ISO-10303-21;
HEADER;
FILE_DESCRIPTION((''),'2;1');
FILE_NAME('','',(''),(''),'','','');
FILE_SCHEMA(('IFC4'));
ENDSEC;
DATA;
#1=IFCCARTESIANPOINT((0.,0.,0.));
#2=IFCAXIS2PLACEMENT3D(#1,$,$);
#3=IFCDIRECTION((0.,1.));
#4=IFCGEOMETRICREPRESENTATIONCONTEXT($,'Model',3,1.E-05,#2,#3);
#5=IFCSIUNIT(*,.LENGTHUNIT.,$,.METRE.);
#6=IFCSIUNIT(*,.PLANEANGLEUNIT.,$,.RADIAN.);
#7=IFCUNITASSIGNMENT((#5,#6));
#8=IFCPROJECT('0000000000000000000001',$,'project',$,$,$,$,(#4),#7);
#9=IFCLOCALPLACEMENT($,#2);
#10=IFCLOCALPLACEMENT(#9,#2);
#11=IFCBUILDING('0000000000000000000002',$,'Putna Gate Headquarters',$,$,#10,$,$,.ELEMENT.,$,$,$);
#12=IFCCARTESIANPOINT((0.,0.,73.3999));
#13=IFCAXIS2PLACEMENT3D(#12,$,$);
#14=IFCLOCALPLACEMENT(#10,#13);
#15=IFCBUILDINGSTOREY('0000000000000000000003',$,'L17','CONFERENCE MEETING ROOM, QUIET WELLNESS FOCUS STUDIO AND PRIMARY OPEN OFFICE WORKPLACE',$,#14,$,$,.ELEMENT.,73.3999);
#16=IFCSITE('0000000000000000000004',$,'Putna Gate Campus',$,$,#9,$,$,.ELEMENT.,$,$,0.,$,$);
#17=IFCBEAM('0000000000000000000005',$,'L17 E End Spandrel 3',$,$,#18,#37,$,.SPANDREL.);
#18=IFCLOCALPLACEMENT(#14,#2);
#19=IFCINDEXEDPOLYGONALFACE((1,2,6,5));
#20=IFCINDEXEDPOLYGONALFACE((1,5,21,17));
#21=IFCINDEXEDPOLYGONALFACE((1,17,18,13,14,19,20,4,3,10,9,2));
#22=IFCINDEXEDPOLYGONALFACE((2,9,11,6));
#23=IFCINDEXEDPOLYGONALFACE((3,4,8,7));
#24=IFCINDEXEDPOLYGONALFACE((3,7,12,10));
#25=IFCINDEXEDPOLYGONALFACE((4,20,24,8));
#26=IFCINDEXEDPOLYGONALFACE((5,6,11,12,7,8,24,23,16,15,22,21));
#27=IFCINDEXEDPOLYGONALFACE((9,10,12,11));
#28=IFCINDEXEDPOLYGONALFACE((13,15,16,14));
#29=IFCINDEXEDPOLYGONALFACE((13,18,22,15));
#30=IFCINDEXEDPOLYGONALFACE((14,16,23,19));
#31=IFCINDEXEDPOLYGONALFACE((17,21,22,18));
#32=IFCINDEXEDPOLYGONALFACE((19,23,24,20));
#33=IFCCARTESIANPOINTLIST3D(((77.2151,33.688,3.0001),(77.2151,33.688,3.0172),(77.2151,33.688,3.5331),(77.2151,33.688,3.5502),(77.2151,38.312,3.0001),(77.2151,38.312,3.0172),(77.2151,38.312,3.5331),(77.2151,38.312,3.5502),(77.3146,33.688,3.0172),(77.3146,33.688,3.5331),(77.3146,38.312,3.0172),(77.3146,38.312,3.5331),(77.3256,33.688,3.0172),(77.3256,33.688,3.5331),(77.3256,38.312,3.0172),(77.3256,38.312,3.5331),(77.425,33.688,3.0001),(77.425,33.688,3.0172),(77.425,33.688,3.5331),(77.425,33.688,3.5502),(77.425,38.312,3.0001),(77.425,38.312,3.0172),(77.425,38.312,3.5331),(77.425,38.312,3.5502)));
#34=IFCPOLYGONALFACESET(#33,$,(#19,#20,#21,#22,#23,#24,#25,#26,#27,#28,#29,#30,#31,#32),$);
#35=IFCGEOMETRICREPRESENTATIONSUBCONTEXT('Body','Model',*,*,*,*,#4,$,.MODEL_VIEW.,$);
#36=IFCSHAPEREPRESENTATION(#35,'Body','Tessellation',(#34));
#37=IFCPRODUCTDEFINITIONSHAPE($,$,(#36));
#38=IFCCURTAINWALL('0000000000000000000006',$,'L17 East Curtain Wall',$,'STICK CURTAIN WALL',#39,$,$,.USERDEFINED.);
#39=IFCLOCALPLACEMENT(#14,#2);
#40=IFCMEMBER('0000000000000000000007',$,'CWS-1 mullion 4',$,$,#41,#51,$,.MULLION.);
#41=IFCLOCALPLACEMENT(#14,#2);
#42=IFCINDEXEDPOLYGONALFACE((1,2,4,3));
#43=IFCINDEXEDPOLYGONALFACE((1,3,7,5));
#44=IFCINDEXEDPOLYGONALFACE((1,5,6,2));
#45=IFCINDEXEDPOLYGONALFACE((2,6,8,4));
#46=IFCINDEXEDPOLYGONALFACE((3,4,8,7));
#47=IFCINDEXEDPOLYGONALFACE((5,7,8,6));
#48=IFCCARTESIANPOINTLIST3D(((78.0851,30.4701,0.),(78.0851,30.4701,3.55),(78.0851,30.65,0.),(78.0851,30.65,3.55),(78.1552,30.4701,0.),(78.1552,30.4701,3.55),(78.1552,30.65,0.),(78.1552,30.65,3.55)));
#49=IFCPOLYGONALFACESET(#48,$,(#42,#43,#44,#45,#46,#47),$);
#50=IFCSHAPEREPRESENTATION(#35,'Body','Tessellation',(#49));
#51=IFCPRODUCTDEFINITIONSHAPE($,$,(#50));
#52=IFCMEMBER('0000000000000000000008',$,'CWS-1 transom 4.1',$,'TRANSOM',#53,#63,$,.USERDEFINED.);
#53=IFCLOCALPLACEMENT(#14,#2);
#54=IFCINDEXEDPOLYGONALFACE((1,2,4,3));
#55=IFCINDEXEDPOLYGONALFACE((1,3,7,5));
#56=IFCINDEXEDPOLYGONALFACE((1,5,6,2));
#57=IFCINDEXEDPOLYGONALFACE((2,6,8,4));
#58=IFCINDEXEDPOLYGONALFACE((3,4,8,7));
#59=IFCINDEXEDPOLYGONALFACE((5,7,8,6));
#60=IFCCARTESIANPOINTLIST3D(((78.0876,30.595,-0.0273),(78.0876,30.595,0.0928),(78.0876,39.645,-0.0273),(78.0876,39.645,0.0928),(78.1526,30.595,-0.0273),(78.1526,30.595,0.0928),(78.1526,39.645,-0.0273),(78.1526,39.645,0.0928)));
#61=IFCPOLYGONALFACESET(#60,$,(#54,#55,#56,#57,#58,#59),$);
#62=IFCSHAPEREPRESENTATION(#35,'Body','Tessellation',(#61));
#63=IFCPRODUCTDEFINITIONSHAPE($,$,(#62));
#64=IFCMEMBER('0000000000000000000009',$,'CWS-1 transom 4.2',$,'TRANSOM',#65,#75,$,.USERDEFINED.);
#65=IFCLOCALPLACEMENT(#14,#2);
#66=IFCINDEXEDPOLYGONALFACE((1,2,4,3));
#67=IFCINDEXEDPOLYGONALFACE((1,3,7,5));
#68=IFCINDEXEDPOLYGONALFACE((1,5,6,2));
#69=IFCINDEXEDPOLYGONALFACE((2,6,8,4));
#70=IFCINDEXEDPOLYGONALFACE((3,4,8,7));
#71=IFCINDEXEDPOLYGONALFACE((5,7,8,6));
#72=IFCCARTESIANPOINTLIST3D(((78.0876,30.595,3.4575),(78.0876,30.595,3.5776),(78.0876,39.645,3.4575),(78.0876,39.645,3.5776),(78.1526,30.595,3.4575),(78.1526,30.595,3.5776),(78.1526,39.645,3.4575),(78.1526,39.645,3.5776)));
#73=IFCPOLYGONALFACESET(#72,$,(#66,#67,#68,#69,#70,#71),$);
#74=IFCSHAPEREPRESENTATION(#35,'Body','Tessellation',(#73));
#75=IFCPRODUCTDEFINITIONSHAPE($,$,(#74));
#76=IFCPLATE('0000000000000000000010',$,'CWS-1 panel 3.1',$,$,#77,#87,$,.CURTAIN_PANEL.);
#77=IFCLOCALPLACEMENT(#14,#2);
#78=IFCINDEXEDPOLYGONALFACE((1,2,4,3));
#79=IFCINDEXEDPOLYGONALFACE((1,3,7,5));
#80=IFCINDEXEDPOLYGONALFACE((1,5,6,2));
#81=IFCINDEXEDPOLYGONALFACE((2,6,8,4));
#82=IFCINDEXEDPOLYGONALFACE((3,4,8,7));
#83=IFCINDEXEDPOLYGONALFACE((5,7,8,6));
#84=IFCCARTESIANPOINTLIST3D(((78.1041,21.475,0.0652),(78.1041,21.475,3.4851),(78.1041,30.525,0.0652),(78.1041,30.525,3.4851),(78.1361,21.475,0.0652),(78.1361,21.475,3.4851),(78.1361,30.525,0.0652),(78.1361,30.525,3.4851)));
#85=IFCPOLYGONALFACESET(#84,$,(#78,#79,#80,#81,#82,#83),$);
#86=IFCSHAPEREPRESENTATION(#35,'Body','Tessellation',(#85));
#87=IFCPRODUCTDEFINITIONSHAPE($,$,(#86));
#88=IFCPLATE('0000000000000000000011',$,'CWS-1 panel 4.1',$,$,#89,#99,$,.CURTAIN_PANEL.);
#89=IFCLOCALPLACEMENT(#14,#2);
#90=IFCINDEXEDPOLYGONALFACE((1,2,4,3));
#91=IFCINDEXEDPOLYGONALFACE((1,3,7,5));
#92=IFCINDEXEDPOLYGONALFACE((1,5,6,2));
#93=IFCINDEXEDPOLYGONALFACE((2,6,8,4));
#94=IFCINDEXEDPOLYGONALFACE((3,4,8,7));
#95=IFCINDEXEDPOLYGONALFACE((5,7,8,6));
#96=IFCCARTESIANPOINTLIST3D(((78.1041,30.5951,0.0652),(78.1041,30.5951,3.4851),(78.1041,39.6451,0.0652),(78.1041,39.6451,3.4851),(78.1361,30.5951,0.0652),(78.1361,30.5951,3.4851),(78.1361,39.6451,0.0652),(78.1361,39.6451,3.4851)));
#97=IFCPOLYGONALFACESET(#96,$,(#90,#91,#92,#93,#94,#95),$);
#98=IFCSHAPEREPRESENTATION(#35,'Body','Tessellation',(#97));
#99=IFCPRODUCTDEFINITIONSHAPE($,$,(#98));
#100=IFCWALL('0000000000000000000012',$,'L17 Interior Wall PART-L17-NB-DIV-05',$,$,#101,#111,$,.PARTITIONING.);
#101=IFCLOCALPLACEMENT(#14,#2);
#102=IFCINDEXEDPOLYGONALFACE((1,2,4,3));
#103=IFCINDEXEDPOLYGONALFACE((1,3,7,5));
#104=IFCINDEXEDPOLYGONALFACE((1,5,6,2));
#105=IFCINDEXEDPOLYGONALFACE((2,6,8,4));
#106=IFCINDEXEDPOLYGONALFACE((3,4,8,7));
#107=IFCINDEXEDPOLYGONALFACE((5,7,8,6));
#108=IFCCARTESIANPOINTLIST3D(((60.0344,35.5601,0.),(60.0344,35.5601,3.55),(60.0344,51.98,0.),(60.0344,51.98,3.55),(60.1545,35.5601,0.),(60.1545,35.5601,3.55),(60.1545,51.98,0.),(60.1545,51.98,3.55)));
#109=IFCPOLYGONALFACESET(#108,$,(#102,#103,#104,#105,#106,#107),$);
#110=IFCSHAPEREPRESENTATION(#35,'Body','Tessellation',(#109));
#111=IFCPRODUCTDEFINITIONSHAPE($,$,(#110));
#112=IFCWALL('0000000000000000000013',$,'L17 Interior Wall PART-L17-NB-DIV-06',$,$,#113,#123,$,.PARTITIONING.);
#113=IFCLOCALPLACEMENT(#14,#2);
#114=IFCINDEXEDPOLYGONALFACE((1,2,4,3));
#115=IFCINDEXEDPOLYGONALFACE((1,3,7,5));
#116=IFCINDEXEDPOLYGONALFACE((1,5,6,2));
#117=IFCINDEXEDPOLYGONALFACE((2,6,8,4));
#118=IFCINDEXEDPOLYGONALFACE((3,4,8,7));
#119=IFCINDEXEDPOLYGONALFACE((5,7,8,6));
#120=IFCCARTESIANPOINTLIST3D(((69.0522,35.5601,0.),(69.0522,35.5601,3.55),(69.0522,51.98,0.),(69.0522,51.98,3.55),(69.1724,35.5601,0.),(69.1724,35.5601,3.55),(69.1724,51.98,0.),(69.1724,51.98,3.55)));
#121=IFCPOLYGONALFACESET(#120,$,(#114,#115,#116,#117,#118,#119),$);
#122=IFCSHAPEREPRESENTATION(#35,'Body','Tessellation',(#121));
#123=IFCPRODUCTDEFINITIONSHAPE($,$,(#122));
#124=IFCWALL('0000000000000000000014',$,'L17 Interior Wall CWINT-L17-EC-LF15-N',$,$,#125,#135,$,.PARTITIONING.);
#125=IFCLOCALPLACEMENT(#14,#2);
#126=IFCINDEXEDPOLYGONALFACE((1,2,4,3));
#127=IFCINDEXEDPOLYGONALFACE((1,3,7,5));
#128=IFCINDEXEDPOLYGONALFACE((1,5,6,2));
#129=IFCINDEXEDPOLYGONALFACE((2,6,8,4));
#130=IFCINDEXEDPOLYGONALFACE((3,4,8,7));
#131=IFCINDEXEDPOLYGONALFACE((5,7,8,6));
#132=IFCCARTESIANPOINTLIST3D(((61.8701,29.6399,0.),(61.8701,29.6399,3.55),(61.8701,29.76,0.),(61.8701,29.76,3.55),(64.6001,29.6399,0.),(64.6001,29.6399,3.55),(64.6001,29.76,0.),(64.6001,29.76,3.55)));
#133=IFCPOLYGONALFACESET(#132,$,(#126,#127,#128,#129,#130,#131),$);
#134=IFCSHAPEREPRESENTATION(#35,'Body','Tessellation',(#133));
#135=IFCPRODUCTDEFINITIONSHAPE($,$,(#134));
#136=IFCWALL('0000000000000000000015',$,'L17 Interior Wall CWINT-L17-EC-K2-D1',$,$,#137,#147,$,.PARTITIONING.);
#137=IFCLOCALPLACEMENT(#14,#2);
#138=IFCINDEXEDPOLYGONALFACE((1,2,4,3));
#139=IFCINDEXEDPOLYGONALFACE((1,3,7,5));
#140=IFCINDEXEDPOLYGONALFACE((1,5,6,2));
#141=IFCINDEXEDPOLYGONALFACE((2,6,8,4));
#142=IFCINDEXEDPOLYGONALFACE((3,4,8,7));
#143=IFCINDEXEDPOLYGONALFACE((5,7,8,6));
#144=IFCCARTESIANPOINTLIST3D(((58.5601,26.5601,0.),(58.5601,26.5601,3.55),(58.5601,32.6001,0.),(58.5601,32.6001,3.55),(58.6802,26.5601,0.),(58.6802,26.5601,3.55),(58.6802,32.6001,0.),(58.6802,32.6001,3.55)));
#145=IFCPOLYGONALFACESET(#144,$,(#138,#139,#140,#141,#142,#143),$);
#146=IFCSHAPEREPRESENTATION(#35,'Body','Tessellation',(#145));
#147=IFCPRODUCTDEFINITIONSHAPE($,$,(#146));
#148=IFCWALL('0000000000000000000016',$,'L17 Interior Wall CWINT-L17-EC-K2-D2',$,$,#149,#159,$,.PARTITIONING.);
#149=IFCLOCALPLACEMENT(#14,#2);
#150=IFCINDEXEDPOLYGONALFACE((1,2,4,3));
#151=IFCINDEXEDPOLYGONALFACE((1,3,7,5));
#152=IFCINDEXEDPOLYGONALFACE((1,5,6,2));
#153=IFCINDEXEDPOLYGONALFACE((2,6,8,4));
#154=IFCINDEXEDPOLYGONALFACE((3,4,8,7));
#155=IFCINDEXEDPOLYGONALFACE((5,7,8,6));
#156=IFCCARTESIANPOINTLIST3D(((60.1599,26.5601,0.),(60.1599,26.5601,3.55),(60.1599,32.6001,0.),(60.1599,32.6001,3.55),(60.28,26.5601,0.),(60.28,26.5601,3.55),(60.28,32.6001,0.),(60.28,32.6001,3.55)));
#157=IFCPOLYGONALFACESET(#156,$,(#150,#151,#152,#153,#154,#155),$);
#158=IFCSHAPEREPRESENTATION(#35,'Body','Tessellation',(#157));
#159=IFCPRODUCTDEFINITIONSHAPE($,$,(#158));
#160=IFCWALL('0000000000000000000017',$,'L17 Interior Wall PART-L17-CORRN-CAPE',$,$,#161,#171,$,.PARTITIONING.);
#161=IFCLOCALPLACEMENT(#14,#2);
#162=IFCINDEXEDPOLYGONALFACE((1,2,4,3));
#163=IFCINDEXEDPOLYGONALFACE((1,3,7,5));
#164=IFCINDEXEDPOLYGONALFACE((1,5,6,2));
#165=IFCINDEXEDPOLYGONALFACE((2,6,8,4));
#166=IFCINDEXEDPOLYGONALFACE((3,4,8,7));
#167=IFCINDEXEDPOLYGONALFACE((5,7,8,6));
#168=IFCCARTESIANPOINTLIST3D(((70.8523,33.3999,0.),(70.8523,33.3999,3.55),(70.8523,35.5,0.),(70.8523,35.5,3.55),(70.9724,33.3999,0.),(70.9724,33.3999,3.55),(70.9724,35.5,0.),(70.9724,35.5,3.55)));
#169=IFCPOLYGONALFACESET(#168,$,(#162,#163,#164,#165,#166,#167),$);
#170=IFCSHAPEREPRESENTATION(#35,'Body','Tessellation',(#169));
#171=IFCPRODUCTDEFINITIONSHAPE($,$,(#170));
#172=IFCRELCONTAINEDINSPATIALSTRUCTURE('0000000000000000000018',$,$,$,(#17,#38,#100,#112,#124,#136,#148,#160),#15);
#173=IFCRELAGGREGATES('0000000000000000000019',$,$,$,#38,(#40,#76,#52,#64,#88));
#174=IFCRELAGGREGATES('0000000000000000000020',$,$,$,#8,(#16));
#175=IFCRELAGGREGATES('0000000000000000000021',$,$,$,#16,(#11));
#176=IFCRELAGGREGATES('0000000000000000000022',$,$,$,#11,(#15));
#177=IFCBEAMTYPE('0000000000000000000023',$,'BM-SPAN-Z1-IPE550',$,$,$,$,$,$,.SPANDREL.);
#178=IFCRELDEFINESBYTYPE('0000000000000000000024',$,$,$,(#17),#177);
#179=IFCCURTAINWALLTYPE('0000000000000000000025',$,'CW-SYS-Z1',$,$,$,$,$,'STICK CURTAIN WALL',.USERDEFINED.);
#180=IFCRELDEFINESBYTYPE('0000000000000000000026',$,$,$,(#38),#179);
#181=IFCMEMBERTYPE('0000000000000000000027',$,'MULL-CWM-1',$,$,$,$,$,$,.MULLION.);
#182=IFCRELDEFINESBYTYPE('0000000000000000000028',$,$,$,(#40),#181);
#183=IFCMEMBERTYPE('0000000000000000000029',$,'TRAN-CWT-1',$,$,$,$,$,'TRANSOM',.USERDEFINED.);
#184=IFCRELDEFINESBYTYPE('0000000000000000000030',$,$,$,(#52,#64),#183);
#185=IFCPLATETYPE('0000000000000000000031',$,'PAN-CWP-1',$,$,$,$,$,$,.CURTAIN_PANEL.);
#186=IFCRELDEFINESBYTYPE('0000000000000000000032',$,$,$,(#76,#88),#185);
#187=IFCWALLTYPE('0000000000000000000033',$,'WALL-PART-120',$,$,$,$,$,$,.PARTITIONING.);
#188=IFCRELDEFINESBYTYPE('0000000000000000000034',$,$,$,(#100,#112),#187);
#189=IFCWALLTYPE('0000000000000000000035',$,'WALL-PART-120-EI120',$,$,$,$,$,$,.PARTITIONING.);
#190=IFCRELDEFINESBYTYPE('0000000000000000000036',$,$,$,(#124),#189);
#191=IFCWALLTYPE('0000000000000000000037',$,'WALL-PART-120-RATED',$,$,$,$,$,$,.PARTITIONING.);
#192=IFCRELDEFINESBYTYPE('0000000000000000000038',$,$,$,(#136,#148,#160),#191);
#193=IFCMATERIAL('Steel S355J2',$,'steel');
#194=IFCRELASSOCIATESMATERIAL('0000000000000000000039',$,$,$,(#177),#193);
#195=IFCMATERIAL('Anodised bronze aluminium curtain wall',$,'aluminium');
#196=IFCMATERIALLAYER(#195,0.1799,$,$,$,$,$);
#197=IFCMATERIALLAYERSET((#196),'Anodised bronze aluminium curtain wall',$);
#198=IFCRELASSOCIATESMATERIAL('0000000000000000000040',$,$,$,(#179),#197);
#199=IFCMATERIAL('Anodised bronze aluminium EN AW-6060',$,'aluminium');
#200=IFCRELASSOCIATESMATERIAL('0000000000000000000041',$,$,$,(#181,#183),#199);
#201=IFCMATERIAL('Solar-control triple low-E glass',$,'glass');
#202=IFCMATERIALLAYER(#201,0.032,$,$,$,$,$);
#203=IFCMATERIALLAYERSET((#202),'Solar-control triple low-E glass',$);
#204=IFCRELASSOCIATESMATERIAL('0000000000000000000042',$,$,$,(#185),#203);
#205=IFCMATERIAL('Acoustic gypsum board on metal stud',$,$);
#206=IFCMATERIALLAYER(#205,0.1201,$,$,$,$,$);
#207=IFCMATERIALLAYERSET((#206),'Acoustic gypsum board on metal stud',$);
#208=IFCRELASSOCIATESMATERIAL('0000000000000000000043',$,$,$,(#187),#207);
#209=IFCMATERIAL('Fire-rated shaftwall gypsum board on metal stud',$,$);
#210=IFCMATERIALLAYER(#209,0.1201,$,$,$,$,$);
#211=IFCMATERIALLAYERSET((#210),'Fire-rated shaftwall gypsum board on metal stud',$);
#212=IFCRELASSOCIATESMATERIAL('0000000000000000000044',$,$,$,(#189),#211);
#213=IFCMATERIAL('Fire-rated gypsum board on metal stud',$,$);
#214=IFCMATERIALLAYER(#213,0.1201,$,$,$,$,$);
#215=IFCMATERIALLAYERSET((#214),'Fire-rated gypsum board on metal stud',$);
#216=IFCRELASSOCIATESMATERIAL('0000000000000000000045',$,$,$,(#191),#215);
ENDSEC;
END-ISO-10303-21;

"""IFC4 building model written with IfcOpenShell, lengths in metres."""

from ifc_helpers import new_model, si_unit, direction, frame, frame_2d, origin, origin_2d, place, context, subcontext, project, spatial, rectangle, i_section, extrude, material, layer, layer_set, material_profile, profile_set, type_object, element, aggregate, save


model = new_model("IFC4")

# Units and contexts
model_context = context("Model", 3, precision=1e-05, world=origin(), true_north=direction((0.0, 1.0)))
body_context = subcontext(model_context, "Body", "Model", "MODEL_VIEW")
ifc_project = project(units=[si_unit("LENGTHUNIT", "METRE"), si_unit("PLANEANGLEUNIT", "RADIAN")], contexts=[model_context])

# Site, building, storey
site_placement = place(None, origin())
site = spatial("IfcSite", under=ifc_project, at=site_placement, Name="Putna Gate Campus", CompositionType="ELEMENT", RefElevation=0.0)
building_placement = place(site_placement, origin())
building = spatial("IfcBuilding", under=site, at=building_placement, Name="Putna Gate Headquarters", CompositionType="ELEMENT")
storey_placement = place(building_placement, frame((0.0, 0.0, 73.3999)))
storey = spatial("IfcBuildingStorey", under=building, at=storey_placement, Name="L17", Description="CONFERENCE MEETING ROOM, QUIET WELLNESS FOCUS STUDIO AND PRIMARY OPEN OFFICE WORKPLACE", CompositionType="ELEMENT", Elevation=73.3999)

# Beam
ifc_material_1 = material(Name="Steel S355J2", Category="steel")
ifc_material_profile_1 = material_profile(ifc_material_1, i_section(OverallWidth=0.21, OverallDepth=0.55, WebThickness=0.011, FlangeThickness=0.0171, at=origin_2d()), Name="Steel S355J2")
ifc_profile_set_1 = profile_set([ifc_material_profile_1], Name="Steel S355J2")
beam_type_1 = type_object("IfcBeamType", Name="BM-SPAN-Z1-IPE550", PredefinedType="SPANDREL", material=ifc_profile_set_1)
beam_1_placement = place(storey_placement, frame((77.3201, 33.688, 3.2751), z_axis=(0.0, 1.0, 0.0), x_axis=(-1.0, 0.0, 0.0)))
element("IfcBeam", 1, at=beam_1_placement, inside=storey, type_object=beam_type_1, Name="L17 E End Spandrel 3", PredefinedType="SPANDREL", context=body_context, shape_type="SweptSolid", body=[
    extrude(i_section(OverallWidth=0.21, OverallDepth=0.55, WebThickness=0.011, FlangeThickness=0.0171, at=origin_2d()), origin(), (0.0, 0.0, 1.0), 4.624),
])

# Curtain wall, members, plates
ifc_material_2 = material(Name="Anodised bronze aluminium curtain wall", Category="aluminium")
ifc_layer_1 = layer(ifc_material_2, 0.1799)
ifc_layer_set_1 = layer_set([ifc_layer_1], Name="Anodised bronze aluminium curtain wall")
curtain_wall_type = type_object("IfcCurtainWallType", Name="CW-SYS-Z1", ElementType="STICK CURTAIN WALL", PredefinedType="USERDEFINED", material=ifc_layer_set_1)
curtain_wall_placement = place(storey_placement, origin())
curtain_wall = element("IfcCurtainWall", 2, at=curtain_wall_placement, inside=storey, type_object=curtain_wall_type, Name="L17 East Curtain Wall", ObjectType="STICK CURTAIN WALL", PredefinedType="USERDEFINED")
ifc_material_3 = material(Name="Anodised bronze aluminium EN AW-6060", Category="aluminium")
ifc_material_profile_2 = material_profile(ifc_material_3, rectangle(XDim=0.0701, YDim=0.1799, at=origin_2d()), Name="Anodised bronze aluminium EN AW-6060")
ifc_profile_set_2 = profile_set([ifc_material_profile_2], Name="Anodised bronze aluminium EN AW-6060")
member_type_1 = type_object("IfcMemberType", Name="MULL-CWM-1", PredefinedType="MULLION", material=ifc_profile_set_2)
member_1_placement = place(storey_placement, frame((78.1201, 30.5601, 0.0), z_axis=(0.0, 0.0, 1.0), x_axis=(-1.0, 0.0, 0.0)))
member_1 = element("IfcMember", 3, at=member_1_placement, type_object=member_type_1, Name="CWS-1 mullion 4", PredefinedType="MULLION", context=body_context, shape_type="SweptSolid", body=[
    extrude(rectangle(XDim=0.0701, YDim=0.1799, at=origin_2d()), origin(), (0.0, 0.0, 1.0), 3.55),
])
ifc_material_profile_3 = material_profile(ifc_material_3, rectangle(XDim=0.0649, YDim=0.1201, at=origin_2d()), Name="Anodised bronze aluminium EN AW-6060")
ifc_profile_set_3 = profile_set([ifc_material_profile_3], Name="Anodised bronze aluminium EN AW-6060")
member_type_2 = type_object("IfcMemberType", Name="TRAN-CWT-1", ElementType="TRANSOM", PredefinedType="USERDEFINED", material=ifc_profile_set_3)
member_2_placement = place(storey_placement, frame((78.1201, 30.595, 0.0327), z_axis=(0.0, 1.0, 0.0), x_axis=(-1.0, 0.0, 0.0)))
member_2 = element("IfcMember", 4, at=member_2_placement, type_object=member_type_2, Name="CWS-1 transom 4.1", ObjectType="TRANSOM", PredefinedType="USERDEFINED", context=body_context, shape_type="SweptSolid", body=[
    extrude(rectangle(XDim=0.0649, YDim=0.1201, at=origin_2d()), origin(), (0.0, 0.0, 1.0), 9.05),
])
member_3_placement = place(storey_placement, frame((78.1201, 30.595, 3.5176), z_axis=(0.0, 1.0, 0.0), x_axis=(-1.0, 0.0, 0.0)))
member_3 = element("IfcMember", 5, at=member_3_placement, type_object=member_type_2, Name="CWS-1 transom 4.2", ObjectType="TRANSOM", PredefinedType="USERDEFINED", context=body_context, shape_type="SweptSolid", body=[
    extrude(rectangle(XDim=0.0649, YDim=0.1201, at=origin_2d()), origin(), (0.0, 0.0, 1.0), 9.05),
])
ifc_material_4 = material(Name="Solar-control triple low-E glass", Category="glass")
ifc_layer_2 = layer(ifc_material_4, 0.032)
ifc_layer_set_2 = layer_set([ifc_layer_2], Name="Solar-control triple low-E glass")
plate_type = type_object("IfcPlateType", Name="PAN-CWP-1", PredefinedType="CURTAIN_PANEL", material=ifc_layer_set_2)
plate_1_placement = place(storey_placement, frame((78.1201, 26.0, 0.0652), z_axis=(0.0, 0.0, 1.0), x_axis=(0.0, 1.0, 0.0)))
plate_1 = element("IfcPlate", 6, at=plate_1_placement, type_object=plate_type, Name="CWS-1 panel 3.1", PredefinedType="CURTAIN_PANEL", context=body_context, shape_type="SweptSolid", body=[
    extrude(rectangle(XDim=9.05, YDim=0.032, at=origin_2d()), origin(), (0.0, 0.0, 1.0), 3.4199),
])
plate_2_placement = place(storey_placement, frame((78.1201, 35.1201, 0.0652), z_axis=(0.0, 0.0, 1.0), x_axis=(0.0, 1.0, 0.0)))
plate_2 = element("IfcPlate", 7, at=plate_2_placement, type_object=plate_type, Name="CWS-1 panel 4.1", PredefinedType="CURTAIN_PANEL", context=body_context, shape_type="SweptSolid", body=[
    extrude(rectangle(XDim=9.05, YDim=0.032, at=origin_2d()), origin(), (0.0, 0.0, 1.0), 3.4199),
])
aggregate(curtain_wall, [member_1, plate_1, member_2, member_3, plate_2])

# Walls
ifc_material_5 = material(Name="Acoustic gypsum board on metal stud")
ifc_layer_3 = layer(ifc_material_5, 0.1201)
ifc_layer_set_3 = layer_set([ifc_layer_3], Name="Acoustic gypsum board on metal stud")
wall_type_1 = type_object("IfcWallType", Name="WALL-PART-120", PredefinedType="PARTITIONING", material=ifc_layer_set_3)
for number, where, z_axis, x_axis, name in (
    (8, (60.0945, 35.5601, 0.0), (0.0, 0.0, 1.0), (0.0, 1.0, 0.0), "L17 Interior Wall PART-L17-NB-DIV-05"),
    (9, (69.1123, 35.5601, 0.0), (0.0, 0.0, 1.0), (0.0, 1.0, 0.0), "L17 Interior Wall PART-L17-NB-DIV-06"),
):
    element("IfcWall", number, at=place(storey_placement, frame(where, z_axis=z_axis, x_axis=x_axis)), inside=storey, type_object=wall_type_1, Name=name, PredefinedType="PARTITIONING", context=body_context, shape_type="SweptSolid", body=[
        extrude(rectangle(XDim=16.4199, YDim=0.1201, at=frame_2d((8.21, 0.0))), origin(), (0.0, 0.0, 1.0), 3.55),
    ])
ifc_material_6 = material(Name="Fire-rated shaftwall gypsum board on metal stud")
ifc_layer_4 = layer(ifc_material_6, 0.1201)
ifc_layer_set_4 = layer_set([ifc_layer_4], Name="Fire-rated shaftwall gypsum board on metal stud")
wall_type_2 = type_object("IfcWallType", Name="WALL-PART-120-EI120", PredefinedType="PARTITIONING", material=ifc_layer_set_4)
wall_1_placement = place(storey_placement, frame((61.8701, 29.7, 0.0), z_axis=(0.0, 0.0, 1.0), x_axis=(1.0, 0.0, 0.0)))
element("IfcWall", 10, at=wall_1_placement, inside=storey, type_object=wall_type_2, Name="L17 Interior Wall CWINT-L17-EC-LF15-N", PredefinedType="PARTITIONING", context=body_context, shape_type="SweptSolid", body=[
    extrude(rectangle(XDim=2.73, YDim=0.1201, at=frame_2d((1.365, 0.0))), origin(), (0.0, 0.0, 1.0), 3.55),
])
ifc_material_7 = material(Name="Fire-rated gypsum board on metal stud")
ifc_layer_5 = layer(ifc_material_7, 0.1201)
ifc_layer_set_5 = layer_set([ifc_layer_5], Name="Fire-rated gypsum board on metal stud")
wall_type_3 = type_object("IfcWallType", Name="WALL-PART-120-RATED", PredefinedType="PARTITIONING", material=ifc_layer_set_5)
for number, where, z_axis, x_axis, name in (
    (11, (58.6201, 26.5601, 0.0), (0.0, 0.0, 1.0), (0.0, 1.0, 0.0), "L17 Interior Wall CWINT-L17-EC-K2-D1"),
    (12, (60.22, 26.5601, 0.0), (0.0, 0.0, 1.0), (0.0, 1.0, 0.0), "L17 Interior Wall CWINT-L17-EC-K2-D2"),
):
    element("IfcWall", number, at=place(storey_placement, frame(where, z_axis=z_axis, x_axis=x_axis)), inside=storey, type_object=wall_type_3, Name=name, PredefinedType="PARTITIONING", context=body_context, shape_type="SweptSolid", body=[
        extrude(rectangle(XDim=6.04, YDim=0.1201, at=frame_2d((3.02, 0.0))), origin(), (0.0, 0.0, 1.0), 3.55),
    ])
wall_2_placement = place(storey_placement, frame((70.9124, 33.3999, 0.0), z_axis=(0.0, 0.0, 1.0), x_axis=(0.0, 1.0, 0.0)))
element("IfcWall", 13, at=wall_2_placement, inside=storey, type_object=wall_type_3, Name="L17 Interior Wall PART-L17-CORRN-CAPE", PredefinedType="PARTITIONING", context=body_context, shape_type="SweptSolid", body=[
    extrude(rectangle(XDim=2.1001, YDim=0.1201, at=frame_2d((1.05, 0.0))), origin(), (0.0, 0.0, 1.0), 3.55),
])

save(model, "model.ifc")
